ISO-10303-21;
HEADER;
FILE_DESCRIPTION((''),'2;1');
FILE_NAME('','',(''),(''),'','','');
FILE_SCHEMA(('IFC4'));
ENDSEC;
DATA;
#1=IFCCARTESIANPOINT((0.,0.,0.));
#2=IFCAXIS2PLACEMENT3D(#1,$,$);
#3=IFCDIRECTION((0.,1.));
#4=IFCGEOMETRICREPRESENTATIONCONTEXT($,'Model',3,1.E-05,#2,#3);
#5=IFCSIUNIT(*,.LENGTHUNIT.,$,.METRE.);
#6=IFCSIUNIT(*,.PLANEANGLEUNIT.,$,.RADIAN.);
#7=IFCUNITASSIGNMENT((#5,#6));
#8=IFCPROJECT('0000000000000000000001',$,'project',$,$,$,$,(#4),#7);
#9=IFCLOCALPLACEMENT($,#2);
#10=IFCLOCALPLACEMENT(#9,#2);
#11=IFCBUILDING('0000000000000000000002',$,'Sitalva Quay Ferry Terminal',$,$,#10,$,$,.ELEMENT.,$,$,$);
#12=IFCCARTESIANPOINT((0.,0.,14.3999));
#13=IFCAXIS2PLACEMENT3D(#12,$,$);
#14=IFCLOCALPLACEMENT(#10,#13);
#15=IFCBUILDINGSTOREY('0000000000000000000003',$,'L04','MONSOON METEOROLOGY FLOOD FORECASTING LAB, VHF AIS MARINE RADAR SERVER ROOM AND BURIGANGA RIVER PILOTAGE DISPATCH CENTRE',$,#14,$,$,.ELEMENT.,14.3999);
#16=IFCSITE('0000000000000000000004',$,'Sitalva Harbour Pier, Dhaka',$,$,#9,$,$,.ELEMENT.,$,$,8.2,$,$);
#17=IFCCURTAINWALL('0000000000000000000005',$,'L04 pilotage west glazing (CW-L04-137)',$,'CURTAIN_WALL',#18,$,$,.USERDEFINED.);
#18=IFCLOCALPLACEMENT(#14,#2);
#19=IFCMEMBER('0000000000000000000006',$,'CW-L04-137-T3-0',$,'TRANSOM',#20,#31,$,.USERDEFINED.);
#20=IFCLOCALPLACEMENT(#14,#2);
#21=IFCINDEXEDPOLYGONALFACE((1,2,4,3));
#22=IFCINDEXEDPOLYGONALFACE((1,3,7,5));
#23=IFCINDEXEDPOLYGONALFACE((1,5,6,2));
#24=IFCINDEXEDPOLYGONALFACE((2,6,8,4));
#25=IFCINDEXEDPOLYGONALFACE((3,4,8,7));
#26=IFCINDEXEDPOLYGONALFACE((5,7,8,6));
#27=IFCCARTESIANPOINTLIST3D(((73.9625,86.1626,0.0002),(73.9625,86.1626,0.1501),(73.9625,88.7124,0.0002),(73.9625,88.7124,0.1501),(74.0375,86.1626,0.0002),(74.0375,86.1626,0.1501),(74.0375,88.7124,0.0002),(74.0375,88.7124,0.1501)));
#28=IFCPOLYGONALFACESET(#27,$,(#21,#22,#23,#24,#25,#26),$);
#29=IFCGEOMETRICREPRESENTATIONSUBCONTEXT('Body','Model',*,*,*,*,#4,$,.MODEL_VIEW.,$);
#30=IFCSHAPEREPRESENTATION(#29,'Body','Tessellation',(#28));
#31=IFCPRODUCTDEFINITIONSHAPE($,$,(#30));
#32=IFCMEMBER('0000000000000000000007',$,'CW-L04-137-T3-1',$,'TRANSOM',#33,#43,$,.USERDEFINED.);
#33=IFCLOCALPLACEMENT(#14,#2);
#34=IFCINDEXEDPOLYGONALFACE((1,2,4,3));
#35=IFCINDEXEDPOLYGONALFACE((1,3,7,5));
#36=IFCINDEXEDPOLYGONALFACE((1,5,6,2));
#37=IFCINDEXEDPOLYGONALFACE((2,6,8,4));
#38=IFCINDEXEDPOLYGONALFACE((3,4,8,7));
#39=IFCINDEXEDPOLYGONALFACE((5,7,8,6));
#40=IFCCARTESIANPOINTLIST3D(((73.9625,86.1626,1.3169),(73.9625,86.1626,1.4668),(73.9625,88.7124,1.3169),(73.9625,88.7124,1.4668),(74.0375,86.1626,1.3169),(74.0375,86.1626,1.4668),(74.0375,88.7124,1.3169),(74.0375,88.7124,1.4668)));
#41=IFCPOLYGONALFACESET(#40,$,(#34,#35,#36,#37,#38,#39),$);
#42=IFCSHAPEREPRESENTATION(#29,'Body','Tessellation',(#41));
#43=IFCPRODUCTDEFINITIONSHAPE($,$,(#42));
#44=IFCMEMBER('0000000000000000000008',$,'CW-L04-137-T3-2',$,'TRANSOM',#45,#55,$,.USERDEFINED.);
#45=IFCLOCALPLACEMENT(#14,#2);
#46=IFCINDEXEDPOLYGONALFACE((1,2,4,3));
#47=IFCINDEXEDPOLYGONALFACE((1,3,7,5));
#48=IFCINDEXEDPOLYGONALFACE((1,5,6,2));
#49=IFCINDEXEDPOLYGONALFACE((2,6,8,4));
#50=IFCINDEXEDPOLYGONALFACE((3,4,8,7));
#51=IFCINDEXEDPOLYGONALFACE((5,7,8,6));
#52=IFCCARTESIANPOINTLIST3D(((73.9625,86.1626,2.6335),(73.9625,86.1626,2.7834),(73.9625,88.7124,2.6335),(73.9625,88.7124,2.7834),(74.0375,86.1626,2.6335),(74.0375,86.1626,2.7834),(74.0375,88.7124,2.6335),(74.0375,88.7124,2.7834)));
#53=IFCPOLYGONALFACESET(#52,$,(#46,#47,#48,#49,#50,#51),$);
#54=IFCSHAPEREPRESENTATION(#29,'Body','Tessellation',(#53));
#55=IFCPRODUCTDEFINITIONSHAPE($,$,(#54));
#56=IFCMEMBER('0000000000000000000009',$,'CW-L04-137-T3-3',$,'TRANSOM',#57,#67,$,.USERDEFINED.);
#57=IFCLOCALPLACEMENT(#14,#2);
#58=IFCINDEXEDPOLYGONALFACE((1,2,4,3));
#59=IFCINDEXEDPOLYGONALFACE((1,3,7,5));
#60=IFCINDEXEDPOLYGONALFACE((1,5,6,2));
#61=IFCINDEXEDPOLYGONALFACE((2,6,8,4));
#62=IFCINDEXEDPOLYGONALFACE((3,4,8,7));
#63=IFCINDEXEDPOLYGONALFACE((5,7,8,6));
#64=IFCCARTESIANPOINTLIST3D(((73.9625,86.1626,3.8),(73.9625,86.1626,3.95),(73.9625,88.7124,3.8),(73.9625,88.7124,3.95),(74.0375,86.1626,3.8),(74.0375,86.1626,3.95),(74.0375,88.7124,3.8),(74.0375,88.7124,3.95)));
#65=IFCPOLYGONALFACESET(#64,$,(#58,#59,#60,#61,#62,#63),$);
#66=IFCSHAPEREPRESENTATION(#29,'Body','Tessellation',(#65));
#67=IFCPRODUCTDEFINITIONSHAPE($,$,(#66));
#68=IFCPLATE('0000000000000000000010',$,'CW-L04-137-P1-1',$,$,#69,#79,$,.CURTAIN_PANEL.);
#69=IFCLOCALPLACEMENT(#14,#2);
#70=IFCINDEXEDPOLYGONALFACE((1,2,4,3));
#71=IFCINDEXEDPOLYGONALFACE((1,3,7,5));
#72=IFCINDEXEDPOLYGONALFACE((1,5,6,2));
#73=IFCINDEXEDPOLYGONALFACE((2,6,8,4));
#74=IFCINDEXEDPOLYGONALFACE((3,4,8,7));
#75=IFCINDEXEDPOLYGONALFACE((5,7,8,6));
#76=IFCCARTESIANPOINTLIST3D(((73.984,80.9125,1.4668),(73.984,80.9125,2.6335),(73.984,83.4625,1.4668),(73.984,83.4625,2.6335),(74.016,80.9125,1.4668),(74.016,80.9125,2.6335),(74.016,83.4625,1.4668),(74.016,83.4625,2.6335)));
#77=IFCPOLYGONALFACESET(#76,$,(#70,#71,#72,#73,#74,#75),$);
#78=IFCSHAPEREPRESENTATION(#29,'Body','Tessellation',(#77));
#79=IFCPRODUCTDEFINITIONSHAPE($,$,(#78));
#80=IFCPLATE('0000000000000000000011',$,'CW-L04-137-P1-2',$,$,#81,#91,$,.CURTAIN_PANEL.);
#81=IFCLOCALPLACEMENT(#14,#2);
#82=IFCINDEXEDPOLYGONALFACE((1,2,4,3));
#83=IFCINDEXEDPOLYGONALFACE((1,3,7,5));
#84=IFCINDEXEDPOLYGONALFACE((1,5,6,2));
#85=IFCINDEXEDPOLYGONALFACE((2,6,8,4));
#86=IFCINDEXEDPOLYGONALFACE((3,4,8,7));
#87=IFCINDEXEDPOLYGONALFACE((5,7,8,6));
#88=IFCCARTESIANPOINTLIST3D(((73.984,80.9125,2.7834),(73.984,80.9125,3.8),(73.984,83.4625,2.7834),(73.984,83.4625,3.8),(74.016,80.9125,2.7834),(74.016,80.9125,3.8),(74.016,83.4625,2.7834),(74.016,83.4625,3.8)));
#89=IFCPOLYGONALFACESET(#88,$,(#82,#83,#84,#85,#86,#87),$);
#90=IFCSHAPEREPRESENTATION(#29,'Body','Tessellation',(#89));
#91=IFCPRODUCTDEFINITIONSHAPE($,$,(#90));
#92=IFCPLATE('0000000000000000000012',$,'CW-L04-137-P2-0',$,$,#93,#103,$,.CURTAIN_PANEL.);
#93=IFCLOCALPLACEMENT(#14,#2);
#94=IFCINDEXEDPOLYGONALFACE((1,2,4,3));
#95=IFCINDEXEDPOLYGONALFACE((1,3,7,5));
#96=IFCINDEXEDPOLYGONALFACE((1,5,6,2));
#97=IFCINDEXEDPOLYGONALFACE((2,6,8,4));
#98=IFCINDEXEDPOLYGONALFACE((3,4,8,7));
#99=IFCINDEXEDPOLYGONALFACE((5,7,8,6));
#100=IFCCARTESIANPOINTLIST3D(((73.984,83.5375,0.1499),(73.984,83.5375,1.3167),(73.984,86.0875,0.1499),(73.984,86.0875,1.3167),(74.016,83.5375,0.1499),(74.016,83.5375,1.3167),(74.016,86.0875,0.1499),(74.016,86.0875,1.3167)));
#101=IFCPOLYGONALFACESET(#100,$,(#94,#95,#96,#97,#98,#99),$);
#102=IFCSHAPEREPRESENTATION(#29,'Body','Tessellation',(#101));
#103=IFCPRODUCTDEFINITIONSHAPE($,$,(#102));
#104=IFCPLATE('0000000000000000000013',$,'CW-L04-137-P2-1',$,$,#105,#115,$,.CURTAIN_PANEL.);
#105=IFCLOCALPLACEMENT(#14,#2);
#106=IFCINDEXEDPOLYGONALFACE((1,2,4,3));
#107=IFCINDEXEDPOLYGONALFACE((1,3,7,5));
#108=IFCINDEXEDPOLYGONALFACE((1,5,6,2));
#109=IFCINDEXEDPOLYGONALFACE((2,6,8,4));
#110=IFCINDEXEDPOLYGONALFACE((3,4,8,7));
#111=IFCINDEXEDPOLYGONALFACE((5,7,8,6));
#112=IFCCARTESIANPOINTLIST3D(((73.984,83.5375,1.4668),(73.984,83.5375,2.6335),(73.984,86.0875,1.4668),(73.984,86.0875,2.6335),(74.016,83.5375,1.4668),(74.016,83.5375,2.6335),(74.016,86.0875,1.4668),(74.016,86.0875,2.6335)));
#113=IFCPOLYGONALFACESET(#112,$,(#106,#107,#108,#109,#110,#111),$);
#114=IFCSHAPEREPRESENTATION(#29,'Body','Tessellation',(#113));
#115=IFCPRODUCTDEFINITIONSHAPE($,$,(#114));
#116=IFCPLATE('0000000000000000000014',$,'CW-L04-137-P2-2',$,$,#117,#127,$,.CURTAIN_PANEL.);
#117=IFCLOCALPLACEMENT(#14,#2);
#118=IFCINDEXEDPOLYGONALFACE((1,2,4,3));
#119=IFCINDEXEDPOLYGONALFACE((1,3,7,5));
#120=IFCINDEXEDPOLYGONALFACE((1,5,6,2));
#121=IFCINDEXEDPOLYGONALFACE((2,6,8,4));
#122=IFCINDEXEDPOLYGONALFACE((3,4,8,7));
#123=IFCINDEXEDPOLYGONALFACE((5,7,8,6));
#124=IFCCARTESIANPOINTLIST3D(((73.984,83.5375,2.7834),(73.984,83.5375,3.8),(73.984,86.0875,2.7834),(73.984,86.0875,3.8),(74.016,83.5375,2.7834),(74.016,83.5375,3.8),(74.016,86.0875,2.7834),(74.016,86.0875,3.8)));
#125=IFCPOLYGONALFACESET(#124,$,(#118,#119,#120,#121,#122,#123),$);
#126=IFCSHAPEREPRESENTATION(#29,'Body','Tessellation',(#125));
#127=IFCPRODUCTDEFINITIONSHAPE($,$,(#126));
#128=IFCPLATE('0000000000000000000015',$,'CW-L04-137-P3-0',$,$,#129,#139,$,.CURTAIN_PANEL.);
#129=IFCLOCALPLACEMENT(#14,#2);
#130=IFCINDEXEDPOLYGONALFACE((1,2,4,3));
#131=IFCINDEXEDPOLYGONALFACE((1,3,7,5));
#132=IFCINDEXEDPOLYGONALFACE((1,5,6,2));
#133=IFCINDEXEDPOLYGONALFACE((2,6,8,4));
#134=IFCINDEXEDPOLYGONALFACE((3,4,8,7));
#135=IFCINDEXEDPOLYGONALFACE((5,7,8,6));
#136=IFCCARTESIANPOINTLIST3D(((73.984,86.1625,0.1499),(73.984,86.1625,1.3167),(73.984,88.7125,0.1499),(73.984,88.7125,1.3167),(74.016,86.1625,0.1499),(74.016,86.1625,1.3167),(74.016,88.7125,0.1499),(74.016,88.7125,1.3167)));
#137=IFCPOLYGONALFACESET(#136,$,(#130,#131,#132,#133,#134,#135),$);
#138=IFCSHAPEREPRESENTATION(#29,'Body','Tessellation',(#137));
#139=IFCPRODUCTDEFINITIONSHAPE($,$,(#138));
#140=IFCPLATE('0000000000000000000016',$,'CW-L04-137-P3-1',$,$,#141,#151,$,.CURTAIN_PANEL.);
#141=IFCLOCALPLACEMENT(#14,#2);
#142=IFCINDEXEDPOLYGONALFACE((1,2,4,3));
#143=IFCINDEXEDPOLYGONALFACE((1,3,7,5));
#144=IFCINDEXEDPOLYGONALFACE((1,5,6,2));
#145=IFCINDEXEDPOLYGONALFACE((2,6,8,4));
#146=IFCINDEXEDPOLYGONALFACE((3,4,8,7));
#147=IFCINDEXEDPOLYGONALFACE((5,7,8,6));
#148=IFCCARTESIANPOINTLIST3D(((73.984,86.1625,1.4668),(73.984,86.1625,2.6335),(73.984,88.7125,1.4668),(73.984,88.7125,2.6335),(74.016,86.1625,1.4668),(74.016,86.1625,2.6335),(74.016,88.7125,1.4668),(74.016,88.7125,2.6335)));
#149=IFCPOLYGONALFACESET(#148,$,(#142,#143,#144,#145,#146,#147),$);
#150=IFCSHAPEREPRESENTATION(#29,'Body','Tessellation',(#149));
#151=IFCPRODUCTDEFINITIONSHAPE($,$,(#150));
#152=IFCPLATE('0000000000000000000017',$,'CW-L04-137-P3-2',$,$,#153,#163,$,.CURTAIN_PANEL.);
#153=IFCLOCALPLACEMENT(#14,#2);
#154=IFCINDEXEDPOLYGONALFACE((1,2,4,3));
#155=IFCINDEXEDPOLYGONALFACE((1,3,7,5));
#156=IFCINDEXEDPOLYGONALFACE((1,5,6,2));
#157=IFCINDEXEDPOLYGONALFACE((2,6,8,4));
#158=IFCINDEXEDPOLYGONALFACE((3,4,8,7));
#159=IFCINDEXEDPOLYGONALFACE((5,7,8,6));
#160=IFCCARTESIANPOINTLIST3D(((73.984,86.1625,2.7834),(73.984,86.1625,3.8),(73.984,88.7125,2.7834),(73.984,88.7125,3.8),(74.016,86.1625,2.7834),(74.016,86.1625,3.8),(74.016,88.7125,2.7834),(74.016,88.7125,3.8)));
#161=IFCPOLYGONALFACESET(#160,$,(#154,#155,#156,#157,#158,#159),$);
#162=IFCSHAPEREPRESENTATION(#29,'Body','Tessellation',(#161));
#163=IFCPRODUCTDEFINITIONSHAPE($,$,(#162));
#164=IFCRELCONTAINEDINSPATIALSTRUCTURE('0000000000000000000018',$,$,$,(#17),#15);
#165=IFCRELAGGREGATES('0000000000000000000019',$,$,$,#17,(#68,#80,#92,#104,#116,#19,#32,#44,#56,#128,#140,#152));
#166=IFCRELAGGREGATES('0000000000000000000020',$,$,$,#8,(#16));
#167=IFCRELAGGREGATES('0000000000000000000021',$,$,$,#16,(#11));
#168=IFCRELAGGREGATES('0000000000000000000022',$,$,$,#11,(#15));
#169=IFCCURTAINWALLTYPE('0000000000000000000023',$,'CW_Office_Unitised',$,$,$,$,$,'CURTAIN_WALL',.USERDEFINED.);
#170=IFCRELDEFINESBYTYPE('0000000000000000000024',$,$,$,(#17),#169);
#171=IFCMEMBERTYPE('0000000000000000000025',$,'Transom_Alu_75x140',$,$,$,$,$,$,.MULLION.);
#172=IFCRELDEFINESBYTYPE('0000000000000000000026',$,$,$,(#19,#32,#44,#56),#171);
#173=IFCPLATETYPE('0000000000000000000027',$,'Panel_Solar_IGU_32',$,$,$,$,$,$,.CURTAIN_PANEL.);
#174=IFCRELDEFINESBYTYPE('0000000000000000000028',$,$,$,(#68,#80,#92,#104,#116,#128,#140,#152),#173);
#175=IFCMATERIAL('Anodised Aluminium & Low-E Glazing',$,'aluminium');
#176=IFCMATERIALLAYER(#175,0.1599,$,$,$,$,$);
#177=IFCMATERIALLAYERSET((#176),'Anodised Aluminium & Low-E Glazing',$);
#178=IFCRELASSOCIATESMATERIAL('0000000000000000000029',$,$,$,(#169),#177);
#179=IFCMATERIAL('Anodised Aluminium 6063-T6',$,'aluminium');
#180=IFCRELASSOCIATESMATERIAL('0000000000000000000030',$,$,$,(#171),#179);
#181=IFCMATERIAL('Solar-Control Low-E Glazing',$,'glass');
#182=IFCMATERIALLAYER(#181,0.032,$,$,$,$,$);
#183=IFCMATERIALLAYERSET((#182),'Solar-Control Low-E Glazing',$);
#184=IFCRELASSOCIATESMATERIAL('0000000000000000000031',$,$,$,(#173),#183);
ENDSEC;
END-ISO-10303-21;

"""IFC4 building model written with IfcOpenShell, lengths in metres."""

from ifc_helpers import new_model, si_unit, direction, frame, origin, origin_2d, place, context, subcontext, project, spatial, rectangle, extrude, material, layer, layer_set, material_profile, profile_set, type_object, element, aggregate, save


model = new_model("IFC4")

# Units and contexts
model_context = context("Model", 3, precision=1e-05, world=origin(), true_north=direction((0.0, 1.0)))
body_context = subcontext(model_context, "Body", "Model", "MODEL_VIEW")
ifc_project = project(units=[si_unit("LENGTHUNIT", "METRE"), si_unit("PLANEANGLEUNIT", "RADIAN")], contexts=[model_context])

# Site, building, storey
site_placement = place(None, origin())
site = spatial("IfcSite", under=ifc_project, at=site_placement, Name="Sitalva Harbour Pier, Dhaka", CompositionType="ELEMENT", RefElevation=8.2)
building_placement = place(site_placement, origin())
building = spatial("IfcBuilding", under=site, at=building_placement, Name="Sitalva Quay Ferry Terminal", CompositionType="ELEMENT")
storey_placement = place(building_placement, frame((0.0, 0.0, 14.3999)))
storey = spatial("IfcBuildingStorey", under=building, at=storey_placement, Name="L04", Description="MONSOON METEOROLOGY FLOOD FORECASTING LAB, VHF AIS MARINE RADAR SERVER ROOM AND BURIGANGA RIVER PILOTAGE DISPATCH CENTRE", CompositionType="ELEMENT", Elevation=14.3999)

# Curtain wall, members, plates
ifc_material_1 = material(Name="Anodised Aluminium & Low-E Glazing", Category="aluminium")
ifc_layer_1 = layer(ifc_material_1, 0.1599)
ifc_layer_set_1 = layer_set([ifc_layer_1], Name="Anodised Aluminium & Low-E Glazing")
curtain_wall_type = type_object("IfcCurtainWallType", Name="CW_Office_Unitised", ElementType="CURTAIN_WALL", PredefinedType="USERDEFINED", material=ifc_layer_set_1)
curtain_wall_placement = place(storey_placement, origin())
curtain_wall = element("IfcCurtainWall", 1, at=curtain_wall_placement, inside=storey, type_object=curtain_wall_type, Name="L04 pilotage west glazing (CW-L04-137)", ObjectType="CURTAIN_WALL", PredefinedType="USERDEFINED")
ifc_material_2 = material(Name="Anodised Aluminium 6063-T6", Category="aluminium")
ifc_material_profile_1 = material_profile(ifc_material_2, rectangle(XDim=0.075, YDim=0.1499, at=origin_2d()), Name="ALU75x150")
ifc_profile_set_1 = profile_set([ifc_material_profile_1], Name="Anodised Aluminium 6063-T6")
member_type_1 = type_object("IfcMemberType", Name="Transom_Alu_75x140", PredefinedType="MULLION", material=ifc_profile_set_1)
member_1_placement = place(storey_placement, frame((74.0, 86.1626, 0.0752), z_axis=(0.0, 1.0, 0.0), x_axis=(-1.0, 0.0, 0.0)))
member_1 = element("IfcMember", 2, at=member_1_placement, type_object=member_type_1, Name="CW-L04-137-T3-0", ObjectType="TRANSOM", PredefinedType="USERDEFINED", context=body_context, shape_type="SweptSolid", body=[
    extrude(rectangle(XDim=0.075, YDim=0.1499, at=origin_2d()), origin(), (0.0, 0.0, 1.0), 2.5498),
])
member_2_placement = place(storey_placement, frame((74.0, 86.1626, 1.3918), z_axis=(0.0, 1.0, 0.0), x_axis=(-1.0, 0.0, 0.0)))
member_2 = element("IfcMember", 3, at=member_2_placement, type_object=member_type_1, Name="CW-L04-137-T3-1", ObjectType="TRANSOM", PredefinedType="USERDEFINED", context=body_context, shape_type="SweptSolid", body=[
    extrude(rectangle(XDim=0.075, YDim=0.1499, at=origin_2d()), origin(), (0.0, 0.0, 1.0), 2.5498),
])
member_3_placement = place(storey_placement, frame((74.0, 86.1626, 2.7085), z_axis=(0.0, 1.0, 0.0), x_axis=(-1.0, 0.0, 0.0)))
member_3 = element("IfcMember", 4, at=member_3_placement, type_object=member_type_1, Name="CW-L04-137-T3-2", ObjectType="TRANSOM", PredefinedType="USERDEFINED", context=body_context, shape_type="SweptSolid", body=[
    extrude(rectangle(XDim=0.075, YDim=0.1499, at=origin_2d()), origin(), (0.0, 0.0, 1.0), 2.5498),
])
member_4_placement = place(storey_placement, frame((74.0, 86.1626, 3.875), z_axis=(0.0, 1.0, 0.0), x_axis=(-1.0, 0.0, 0.0)))
member_4 = element("IfcMember", 5, at=member_4_placement, type_object=member_type_1, Name="CW-L04-137-T3-3", ObjectType="TRANSOM", PredefinedType="USERDEFINED", context=body_context, shape_type="SweptSolid", body=[
    extrude(rectangle(XDim=0.075, YDim=0.1499, at=origin_2d()), origin(), (0.0, 0.0, 1.0), 2.5498),
])
ifc_material_3 = material(Name="Solar-Control Low-E Glazing", Category="glass")
ifc_layer_2 = layer(ifc_material_3, 0.032)
ifc_layer_set_2 = layer_set([ifc_layer_2], Name="Solar-Control Low-E Glazing")
plate_type = type_object("IfcPlateType", Name="Panel_Solar_IGU_32", PredefinedType="CURTAIN_PANEL", material=ifc_layer_set_2)
plate_1_placement = place(storey_placement, frame((74.0, 82.1875, 1.4668), z_axis=(0.0, 0.0, 1.0), x_axis=(0.0, 1.0, 0.0)))
plate_1 = element("IfcPlate", 6, at=plate_1_placement, type_object=plate_type, Name="CW-L04-137-P1-1", PredefinedType="CURTAIN_PANEL", context=body_context, shape_type="SweptSolid", body=[
    extrude(rectangle(XDim=2.55, YDim=0.032, at=origin_2d()), origin(), (0.0, 0.0, 1.0), 1.1667),
])
plate_2_placement = place(storey_placement, frame((74.0, 82.1875, 2.7834), z_axis=(0.0, 0.0, 1.0), x_axis=(0.0, 1.0, 0.0)))
plate_2 = element("IfcPlate", 7, at=plate_2_placement, type_object=plate_type, Name="CW-L04-137-P1-2", PredefinedType="CURTAIN_PANEL", context=body_context, shape_type="SweptSolid", body=[
    extrude(rectangle(XDim=2.55, YDim=0.032, at=origin_2d()), origin(), (0.0, 0.0, 1.0), 1.0166),
])
plate_3_placement = place(storey_placement, frame((74.0, 84.8125, 0.1499), z_axis=(0.0, 0.0, 1.0), x_axis=(0.0, 1.0, 0.0)))
plate_3 = element("IfcPlate", 8, at=plate_3_placement, type_object=plate_type, Name="CW-L04-137-P2-0", PredefinedType="CURTAIN_PANEL", context=body_context, shape_type="SweptSolid", body=[
    extrude(rectangle(XDim=2.55, YDim=0.032, at=origin_2d()), origin(), (0.0, 0.0, 1.0), 1.1667),
])
plate_4_placement = place(storey_placement, frame((74.0, 84.8125, 1.4668), z_axis=(0.0, 0.0, 1.0), x_axis=(0.0, 1.0, 0.0)))
plate_4 = element("IfcPlate", 9, at=plate_4_placement, type_object=plate_type, Name="CW-L04-137-P2-1", PredefinedType="CURTAIN_PANEL", context=body_context, shape_type="SweptSolid", body=[
    extrude(rectangle(XDim=2.55, YDim=0.032, at=origin_2d()), origin(), (0.0, 0.0, 1.0), 1.1667),
])
plate_5_placement = place(storey_placement, frame((74.0, 84.8125, 2.7834), z_axis=(0.0, 0.0, 1.0), x_axis=(0.0, 1.0, 0.0)))
plate_5 = element("IfcPlate", 10, at=plate_5_placement, type_object=plate_type, Name="CW-L04-137-P2-2", PredefinedType="CURTAIN_PANEL", context=body_context, shape_type="SweptSolid", body=[
    extrude(rectangle(XDim=2.55, YDim=0.032, at=origin_2d()), origin(), (0.0, 0.0, 1.0), 1.0166),
])
plate_6_placement = place(storey_placement, frame((74.0, 87.4375, 0.1499), z_axis=(0.0, 0.0, 1.0), x_axis=(0.0, 1.0, 0.0)))
plate_6 = element("IfcPlate", 11, at=plate_6_placement, type_object=plate_type, Name="CW-L04-137-P3-0", PredefinedType="CURTAIN_PANEL", context=body_context, shape_type="SweptSolid", body=[
    extrude(rectangle(XDim=2.55, YDim=0.032, at=origin_2d()), origin(), (0.0, 0.0, 1.0), 1.1667),
])
plate_7_placement = place(storey_placement, frame((74.0, 87.4375, 1.4668), z_axis=(0.0, 0.0, 1.0), x_axis=(0.0, 1.0, 0.0)))
plate_7 = element("IfcPlate", 12, at=plate_7_placement, type_object=plate_type, Name="CW-L04-137-P3-1", PredefinedType="CURTAIN_PANEL", context=body_context, shape_type="SweptSolid", body=[
    extrude(rectangle(XDim=2.55, YDim=0.032, at=origin_2d()), origin(), (0.0, 0.0, 1.0), 1.1667),
])
plate_8_placement = place(storey_placement, frame((74.0, 87.4375, 2.7834), z_axis=(0.0, 0.0, 1.0), x_axis=(0.0, 1.0, 0.0)))
plate_8 = element("IfcPlate", 13, at=plate_8_placement, type_object=plate_type, Name="CW-L04-137-P3-2", PredefinedType="CURTAIN_PANEL", context=body_context, shape_type="SweptSolid", body=[
    extrude(rectangle(XDim=2.55, YDim=0.032, at=origin_2d()), origin(), (0.0, 0.0, 1.0), 1.0166),
])
aggregate(curtain_wall, [plate_1, plate_2, plate_3, plate_4, plate_5, member_1, member_2, member_3, member_4, plate_6, plate_7, plate_8])

save(model, "model.ifc")
